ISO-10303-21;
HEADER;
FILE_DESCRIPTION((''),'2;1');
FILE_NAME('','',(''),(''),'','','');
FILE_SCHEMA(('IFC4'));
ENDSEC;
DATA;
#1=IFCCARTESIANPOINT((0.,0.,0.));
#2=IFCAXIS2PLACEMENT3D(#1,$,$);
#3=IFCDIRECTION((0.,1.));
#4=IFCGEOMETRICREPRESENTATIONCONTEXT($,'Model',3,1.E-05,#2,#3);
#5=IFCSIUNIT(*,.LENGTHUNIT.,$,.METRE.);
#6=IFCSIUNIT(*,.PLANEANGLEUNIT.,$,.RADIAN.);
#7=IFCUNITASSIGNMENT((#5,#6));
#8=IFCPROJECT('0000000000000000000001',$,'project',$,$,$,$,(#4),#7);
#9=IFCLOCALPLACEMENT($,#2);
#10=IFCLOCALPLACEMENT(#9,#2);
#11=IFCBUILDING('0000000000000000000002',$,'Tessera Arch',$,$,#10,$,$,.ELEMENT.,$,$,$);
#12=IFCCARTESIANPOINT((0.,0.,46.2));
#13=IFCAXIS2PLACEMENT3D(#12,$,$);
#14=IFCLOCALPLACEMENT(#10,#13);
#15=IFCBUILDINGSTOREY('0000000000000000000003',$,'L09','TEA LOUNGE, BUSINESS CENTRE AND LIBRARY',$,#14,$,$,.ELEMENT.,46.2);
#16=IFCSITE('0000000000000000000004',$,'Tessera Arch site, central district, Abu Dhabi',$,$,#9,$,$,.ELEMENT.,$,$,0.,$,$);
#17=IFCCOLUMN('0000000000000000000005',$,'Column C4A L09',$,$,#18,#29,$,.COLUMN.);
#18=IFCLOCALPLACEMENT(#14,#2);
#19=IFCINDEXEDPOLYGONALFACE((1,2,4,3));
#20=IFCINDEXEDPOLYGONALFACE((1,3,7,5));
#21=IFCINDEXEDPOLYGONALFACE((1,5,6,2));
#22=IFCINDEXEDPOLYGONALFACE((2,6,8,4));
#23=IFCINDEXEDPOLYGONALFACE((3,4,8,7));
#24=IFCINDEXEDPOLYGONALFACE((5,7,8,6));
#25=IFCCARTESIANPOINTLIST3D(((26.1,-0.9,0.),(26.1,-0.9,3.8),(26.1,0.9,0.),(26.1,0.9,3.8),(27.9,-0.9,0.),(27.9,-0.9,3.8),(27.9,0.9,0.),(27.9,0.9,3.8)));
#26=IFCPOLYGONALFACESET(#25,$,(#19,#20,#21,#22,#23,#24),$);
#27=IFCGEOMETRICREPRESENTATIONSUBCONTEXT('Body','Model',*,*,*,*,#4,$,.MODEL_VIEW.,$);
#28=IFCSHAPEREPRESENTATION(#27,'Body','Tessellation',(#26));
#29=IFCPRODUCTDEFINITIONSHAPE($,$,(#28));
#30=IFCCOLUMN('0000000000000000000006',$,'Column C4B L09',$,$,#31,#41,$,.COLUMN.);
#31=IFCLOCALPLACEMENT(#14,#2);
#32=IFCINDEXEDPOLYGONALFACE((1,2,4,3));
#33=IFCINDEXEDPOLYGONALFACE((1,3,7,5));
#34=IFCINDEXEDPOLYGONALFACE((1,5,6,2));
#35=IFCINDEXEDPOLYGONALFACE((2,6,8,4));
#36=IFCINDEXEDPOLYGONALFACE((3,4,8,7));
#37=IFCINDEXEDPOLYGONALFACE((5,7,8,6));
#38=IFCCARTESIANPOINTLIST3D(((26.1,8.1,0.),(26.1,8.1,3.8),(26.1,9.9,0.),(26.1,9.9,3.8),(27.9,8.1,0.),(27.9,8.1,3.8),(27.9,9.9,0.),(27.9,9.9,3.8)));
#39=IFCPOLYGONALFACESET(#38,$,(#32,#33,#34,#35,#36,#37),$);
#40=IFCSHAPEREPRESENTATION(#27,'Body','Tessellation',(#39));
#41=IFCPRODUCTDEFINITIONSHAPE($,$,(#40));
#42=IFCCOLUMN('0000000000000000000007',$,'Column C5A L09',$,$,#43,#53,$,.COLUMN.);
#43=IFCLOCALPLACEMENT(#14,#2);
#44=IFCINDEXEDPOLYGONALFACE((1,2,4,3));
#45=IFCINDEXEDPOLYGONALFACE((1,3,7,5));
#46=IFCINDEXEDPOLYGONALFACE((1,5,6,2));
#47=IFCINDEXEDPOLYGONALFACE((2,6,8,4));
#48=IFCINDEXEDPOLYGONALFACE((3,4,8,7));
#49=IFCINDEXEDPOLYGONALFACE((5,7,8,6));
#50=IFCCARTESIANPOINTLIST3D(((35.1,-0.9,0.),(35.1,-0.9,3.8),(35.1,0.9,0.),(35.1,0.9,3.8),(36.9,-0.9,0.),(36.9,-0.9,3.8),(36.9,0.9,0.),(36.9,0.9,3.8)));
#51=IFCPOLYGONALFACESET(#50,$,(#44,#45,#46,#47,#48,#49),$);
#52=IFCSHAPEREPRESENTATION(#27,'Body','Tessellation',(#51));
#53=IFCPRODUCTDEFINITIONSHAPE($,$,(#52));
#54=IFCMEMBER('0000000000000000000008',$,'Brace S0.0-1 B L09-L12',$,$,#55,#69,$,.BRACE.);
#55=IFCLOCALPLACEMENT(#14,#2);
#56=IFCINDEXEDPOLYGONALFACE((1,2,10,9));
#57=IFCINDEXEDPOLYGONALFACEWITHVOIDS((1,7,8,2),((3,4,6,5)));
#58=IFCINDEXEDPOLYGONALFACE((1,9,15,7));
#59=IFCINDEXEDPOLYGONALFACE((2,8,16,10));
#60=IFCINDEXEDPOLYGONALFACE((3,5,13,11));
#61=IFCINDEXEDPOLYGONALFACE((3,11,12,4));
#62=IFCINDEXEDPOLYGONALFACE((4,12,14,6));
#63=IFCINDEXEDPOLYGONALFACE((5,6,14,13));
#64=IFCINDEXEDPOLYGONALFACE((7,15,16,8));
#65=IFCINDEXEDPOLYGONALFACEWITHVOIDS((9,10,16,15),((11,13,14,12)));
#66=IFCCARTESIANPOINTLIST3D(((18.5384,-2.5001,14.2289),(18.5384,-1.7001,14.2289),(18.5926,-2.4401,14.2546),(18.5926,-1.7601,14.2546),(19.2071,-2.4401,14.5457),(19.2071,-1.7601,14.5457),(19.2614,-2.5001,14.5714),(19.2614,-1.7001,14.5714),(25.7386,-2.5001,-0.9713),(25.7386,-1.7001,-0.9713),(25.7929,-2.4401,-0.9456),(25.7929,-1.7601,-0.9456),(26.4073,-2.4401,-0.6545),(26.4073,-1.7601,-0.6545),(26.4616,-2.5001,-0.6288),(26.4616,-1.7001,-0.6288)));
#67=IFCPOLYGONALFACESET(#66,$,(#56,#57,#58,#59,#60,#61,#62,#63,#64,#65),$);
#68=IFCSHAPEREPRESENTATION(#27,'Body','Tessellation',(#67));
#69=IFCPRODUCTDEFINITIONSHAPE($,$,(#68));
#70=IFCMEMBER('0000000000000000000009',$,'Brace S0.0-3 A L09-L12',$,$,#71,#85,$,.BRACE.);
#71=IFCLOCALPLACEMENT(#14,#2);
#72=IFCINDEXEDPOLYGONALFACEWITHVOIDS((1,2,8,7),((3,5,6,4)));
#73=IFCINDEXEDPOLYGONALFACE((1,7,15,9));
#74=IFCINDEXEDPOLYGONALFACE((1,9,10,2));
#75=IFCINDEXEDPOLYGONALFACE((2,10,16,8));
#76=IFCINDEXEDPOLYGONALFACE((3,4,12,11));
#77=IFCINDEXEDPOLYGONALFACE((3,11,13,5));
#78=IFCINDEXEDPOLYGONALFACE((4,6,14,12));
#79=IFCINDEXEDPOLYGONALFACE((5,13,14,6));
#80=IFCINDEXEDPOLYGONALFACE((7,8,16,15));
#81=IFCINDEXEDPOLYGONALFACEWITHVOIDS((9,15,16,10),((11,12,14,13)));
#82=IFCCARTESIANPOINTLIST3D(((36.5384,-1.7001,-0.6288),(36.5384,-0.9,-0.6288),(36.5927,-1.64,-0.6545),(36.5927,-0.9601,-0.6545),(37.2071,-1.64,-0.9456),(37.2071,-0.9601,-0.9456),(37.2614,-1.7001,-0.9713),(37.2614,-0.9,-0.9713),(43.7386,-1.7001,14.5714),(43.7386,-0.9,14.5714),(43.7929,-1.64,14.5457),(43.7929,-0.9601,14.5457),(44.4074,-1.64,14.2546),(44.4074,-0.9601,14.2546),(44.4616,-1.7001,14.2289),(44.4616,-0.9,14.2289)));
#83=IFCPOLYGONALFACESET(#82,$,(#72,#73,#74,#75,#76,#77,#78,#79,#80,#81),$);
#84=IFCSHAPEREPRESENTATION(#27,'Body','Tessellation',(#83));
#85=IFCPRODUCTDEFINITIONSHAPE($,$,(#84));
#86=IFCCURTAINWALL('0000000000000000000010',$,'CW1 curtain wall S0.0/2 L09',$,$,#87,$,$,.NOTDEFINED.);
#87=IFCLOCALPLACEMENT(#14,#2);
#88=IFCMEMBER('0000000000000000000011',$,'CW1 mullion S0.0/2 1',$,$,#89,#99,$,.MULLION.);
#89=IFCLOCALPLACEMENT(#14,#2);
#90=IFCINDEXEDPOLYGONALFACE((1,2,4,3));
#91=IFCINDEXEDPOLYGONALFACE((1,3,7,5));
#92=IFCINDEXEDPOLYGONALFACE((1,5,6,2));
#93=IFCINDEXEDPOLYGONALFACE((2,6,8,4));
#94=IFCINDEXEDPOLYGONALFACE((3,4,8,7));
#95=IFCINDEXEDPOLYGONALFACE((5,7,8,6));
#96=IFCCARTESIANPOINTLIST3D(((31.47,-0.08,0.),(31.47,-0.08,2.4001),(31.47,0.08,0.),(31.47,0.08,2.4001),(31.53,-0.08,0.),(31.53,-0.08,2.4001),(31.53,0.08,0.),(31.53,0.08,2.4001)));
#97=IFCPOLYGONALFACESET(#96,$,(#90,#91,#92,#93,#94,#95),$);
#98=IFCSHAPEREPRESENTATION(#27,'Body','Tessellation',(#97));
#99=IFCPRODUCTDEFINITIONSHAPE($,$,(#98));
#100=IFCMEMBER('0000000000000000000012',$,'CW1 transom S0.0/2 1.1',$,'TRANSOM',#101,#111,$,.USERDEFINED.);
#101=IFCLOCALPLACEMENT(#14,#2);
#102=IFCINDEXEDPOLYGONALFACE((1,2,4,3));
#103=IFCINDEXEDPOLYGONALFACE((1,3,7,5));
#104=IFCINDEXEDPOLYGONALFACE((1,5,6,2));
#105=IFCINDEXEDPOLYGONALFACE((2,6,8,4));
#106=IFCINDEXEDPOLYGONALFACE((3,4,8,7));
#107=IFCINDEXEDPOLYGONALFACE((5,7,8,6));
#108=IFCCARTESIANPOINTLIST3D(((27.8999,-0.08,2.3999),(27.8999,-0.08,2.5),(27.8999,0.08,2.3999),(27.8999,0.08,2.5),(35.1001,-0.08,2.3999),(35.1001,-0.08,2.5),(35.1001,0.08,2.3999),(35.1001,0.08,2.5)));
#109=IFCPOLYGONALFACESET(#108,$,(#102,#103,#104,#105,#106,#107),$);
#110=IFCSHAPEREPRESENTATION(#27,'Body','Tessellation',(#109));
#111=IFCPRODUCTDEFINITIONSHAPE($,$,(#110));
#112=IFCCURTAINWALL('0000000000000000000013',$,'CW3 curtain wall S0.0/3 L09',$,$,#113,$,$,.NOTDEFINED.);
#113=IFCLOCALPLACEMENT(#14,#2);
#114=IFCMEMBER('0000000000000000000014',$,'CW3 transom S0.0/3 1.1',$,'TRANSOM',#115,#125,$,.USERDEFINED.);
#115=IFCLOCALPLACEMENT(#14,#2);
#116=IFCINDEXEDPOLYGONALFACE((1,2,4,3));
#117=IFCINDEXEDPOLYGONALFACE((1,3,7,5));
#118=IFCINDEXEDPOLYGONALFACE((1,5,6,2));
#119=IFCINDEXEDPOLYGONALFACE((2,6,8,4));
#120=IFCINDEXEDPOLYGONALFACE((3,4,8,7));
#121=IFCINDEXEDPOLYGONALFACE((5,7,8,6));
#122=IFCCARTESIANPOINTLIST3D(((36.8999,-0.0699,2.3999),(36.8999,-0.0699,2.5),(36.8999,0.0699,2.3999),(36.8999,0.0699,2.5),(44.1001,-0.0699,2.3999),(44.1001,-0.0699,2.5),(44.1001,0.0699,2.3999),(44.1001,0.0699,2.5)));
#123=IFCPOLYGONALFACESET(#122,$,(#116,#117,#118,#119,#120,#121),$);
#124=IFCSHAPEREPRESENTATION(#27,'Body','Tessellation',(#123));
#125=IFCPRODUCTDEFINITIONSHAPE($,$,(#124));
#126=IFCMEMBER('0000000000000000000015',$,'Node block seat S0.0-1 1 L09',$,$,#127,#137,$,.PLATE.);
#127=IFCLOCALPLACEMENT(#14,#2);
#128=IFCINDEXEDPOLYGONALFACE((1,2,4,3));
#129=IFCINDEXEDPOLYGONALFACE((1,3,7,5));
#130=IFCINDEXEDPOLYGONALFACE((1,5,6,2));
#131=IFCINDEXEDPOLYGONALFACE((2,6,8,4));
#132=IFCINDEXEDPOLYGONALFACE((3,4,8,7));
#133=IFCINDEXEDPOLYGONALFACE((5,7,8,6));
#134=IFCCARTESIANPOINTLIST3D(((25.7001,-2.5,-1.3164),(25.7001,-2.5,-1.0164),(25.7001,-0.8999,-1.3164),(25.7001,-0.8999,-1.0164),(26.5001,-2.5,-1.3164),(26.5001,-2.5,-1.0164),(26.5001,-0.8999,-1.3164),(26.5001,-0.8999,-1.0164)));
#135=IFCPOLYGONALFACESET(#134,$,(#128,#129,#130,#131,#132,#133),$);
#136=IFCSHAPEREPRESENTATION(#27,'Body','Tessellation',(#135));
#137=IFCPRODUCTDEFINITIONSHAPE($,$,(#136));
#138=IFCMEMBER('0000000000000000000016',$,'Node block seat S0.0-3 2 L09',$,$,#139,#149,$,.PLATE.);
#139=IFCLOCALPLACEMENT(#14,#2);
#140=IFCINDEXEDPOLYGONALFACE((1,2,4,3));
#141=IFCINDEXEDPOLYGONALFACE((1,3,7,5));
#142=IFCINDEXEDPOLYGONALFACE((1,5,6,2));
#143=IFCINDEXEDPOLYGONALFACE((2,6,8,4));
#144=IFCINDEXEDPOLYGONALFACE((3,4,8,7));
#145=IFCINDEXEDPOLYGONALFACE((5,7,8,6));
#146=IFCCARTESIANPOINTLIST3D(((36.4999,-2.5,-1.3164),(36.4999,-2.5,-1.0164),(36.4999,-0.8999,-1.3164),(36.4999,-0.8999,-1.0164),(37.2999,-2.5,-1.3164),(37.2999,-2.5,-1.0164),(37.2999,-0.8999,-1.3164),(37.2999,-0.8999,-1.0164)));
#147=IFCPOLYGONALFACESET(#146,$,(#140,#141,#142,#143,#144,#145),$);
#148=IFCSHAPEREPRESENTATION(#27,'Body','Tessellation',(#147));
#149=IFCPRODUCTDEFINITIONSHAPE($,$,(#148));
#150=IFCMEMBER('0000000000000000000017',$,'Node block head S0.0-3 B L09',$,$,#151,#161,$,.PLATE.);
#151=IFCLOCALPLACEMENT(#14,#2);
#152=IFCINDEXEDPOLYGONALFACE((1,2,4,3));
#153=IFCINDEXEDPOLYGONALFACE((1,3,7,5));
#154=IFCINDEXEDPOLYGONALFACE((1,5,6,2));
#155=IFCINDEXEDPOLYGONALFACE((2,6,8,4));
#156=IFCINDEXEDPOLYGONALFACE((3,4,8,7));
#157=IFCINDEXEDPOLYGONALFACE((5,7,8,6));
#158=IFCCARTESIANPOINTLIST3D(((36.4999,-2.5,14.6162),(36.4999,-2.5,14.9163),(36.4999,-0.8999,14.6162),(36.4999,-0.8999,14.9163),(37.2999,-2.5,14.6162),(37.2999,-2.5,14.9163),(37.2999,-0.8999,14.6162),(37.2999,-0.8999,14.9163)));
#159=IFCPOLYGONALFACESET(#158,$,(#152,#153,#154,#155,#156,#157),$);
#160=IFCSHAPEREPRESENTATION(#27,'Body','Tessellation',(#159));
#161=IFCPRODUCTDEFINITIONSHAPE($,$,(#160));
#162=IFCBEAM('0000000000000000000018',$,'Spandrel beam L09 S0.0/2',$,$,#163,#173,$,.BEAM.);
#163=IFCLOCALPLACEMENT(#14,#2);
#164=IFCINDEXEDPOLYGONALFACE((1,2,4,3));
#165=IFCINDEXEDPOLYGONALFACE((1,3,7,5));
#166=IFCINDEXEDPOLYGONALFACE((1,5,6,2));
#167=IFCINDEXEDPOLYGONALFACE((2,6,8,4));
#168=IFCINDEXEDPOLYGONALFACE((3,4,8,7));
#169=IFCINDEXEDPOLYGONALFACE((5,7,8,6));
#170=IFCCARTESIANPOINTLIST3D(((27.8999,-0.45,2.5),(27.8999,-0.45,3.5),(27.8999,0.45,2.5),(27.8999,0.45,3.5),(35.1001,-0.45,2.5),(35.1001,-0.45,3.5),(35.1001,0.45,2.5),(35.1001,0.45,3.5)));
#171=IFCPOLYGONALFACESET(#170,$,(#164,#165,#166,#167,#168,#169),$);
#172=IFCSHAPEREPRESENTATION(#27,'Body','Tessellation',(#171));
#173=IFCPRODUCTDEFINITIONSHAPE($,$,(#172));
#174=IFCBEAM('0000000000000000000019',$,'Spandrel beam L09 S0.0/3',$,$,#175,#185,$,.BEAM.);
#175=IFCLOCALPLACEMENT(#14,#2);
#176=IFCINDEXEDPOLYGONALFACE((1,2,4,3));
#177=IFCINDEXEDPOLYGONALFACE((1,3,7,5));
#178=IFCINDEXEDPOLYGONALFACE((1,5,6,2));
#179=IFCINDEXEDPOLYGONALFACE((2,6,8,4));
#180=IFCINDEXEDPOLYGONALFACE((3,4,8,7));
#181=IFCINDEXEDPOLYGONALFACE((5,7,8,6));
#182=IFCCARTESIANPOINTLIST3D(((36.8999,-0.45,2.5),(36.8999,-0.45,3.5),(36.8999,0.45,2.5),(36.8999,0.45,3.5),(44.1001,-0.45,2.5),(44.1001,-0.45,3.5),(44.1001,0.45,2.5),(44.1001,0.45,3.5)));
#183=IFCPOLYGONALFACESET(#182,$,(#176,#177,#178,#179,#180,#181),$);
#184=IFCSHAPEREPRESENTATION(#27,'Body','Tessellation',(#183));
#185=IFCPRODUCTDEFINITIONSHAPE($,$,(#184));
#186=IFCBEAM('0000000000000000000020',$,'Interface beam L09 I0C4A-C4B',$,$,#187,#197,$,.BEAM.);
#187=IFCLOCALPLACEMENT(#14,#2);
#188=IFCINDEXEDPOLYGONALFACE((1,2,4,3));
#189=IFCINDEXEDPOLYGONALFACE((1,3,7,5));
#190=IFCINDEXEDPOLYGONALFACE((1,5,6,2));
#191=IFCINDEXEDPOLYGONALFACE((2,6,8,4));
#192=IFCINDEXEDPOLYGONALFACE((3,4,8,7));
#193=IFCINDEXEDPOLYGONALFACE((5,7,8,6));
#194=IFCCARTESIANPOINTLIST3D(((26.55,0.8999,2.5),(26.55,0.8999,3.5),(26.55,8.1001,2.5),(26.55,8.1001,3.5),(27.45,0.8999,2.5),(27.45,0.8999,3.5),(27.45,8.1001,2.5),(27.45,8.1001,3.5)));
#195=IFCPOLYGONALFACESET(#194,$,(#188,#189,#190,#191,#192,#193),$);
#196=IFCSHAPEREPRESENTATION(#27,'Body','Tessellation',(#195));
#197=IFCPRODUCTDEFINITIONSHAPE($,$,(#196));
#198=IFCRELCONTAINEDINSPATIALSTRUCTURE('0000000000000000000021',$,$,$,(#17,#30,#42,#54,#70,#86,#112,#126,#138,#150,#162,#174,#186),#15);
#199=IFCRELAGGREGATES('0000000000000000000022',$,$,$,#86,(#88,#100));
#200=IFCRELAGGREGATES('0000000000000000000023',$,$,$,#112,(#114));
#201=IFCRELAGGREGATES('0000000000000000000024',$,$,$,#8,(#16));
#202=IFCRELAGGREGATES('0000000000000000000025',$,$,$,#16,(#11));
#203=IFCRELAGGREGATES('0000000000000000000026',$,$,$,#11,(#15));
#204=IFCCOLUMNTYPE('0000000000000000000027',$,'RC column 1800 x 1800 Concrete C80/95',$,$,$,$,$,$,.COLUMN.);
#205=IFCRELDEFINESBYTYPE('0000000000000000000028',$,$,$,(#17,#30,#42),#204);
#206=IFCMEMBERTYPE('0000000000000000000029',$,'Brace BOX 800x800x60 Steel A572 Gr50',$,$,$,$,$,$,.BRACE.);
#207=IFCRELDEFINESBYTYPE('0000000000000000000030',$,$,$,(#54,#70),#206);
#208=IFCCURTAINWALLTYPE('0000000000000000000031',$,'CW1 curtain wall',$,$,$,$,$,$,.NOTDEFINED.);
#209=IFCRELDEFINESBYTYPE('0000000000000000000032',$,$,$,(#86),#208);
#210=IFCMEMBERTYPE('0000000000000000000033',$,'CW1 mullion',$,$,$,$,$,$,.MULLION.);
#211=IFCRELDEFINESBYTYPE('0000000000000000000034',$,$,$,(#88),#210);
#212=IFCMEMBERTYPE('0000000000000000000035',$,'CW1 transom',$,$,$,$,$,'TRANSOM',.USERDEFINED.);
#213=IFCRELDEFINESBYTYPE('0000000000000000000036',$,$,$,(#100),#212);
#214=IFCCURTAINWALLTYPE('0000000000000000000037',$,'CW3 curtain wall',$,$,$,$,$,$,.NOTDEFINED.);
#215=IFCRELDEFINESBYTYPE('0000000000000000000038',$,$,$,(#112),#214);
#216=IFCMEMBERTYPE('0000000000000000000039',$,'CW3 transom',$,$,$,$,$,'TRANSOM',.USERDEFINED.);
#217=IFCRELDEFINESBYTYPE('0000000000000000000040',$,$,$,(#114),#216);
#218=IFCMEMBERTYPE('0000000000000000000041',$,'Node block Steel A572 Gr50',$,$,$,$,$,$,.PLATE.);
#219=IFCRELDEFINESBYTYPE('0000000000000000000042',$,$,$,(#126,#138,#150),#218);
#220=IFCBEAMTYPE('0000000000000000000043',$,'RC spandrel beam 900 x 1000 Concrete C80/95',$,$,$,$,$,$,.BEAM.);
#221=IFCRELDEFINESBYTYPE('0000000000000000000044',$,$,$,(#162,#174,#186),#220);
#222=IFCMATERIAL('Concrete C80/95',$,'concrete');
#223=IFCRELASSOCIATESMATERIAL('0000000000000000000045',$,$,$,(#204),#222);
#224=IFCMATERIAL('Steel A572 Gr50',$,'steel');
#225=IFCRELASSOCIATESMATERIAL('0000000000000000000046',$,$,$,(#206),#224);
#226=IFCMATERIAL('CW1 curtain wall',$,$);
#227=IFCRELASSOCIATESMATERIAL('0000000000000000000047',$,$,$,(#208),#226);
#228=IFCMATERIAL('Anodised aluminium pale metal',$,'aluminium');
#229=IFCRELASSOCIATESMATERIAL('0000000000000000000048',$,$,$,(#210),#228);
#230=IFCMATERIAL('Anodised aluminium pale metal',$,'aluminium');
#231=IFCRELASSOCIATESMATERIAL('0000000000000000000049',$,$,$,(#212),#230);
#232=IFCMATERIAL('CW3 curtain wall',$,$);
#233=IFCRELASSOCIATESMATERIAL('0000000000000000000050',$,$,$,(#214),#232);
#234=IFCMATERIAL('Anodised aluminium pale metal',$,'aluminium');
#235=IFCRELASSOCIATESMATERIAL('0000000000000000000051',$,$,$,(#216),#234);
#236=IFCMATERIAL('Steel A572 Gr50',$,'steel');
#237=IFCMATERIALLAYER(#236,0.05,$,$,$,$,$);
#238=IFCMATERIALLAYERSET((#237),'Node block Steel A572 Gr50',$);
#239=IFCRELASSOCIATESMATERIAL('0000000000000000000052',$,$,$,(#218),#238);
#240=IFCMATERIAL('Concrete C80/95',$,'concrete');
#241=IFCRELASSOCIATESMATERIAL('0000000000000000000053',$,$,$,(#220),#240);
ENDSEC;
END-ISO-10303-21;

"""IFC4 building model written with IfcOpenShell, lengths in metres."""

from ifc_helpers import new_model, si_unit, direction, frame, origin, origin_2d, place, context, subcontext, project, spatial, rectangle, hollow_rectangle, extrude, material, layer, layer_set, material_profile, profile_set, type_object, element, aggregate, save


model = new_model("IFC4")

# Units and contexts
model_context = context("Model", 3, precision=1e-05, world=origin(), true_north=direction((0.0, 1.0)))
body_context = subcontext(model_context, "Body", "Model", "MODEL_VIEW")
ifc_project = project(units=[si_unit("LENGTHUNIT", "METRE"), si_unit("PLANEANGLEUNIT", "RADIAN")], contexts=[model_context])

# Site, building, storey
site_placement = place(None, origin())
site = spatial("IfcSite", under=ifc_project, at=site_placement, Name="Tessera Arch site, central district, Abu Dhabi", CompositionType="ELEMENT", RefElevation=0.0)
building_placement = place(site_placement, origin())
building = spatial("IfcBuilding", under=site, at=building_placement, Name="Tessera Arch", CompositionType="ELEMENT")
storey_placement = place(building_placement, frame((0.0, 0.0, 46.2)))
storey = spatial("IfcBuildingStorey", under=building, at=storey_placement, Name="L09", Description="TEA LOUNGE, BUSINESS CENTRE AND LIBRARY", CompositionType="ELEMENT", Elevation=46.2)

# Columns
ifc_material_1 = material(Name="Concrete C80/95", Category="concrete")
ifc_material_profile_1 = material_profile(ifc_material_1, rectangle(XDim=1.8, YDim=1.8, at=origin_2d()), Name="RC column 1800 x 1800 Concrete C80/95")
ifc_profile_set_1 = profile_set([ifc_material_profile_1], Name="Concrete C80/95")
column_type = type_object("IfcColumnType", Name="RC column 1800 x 1800 Concrete C80/95", PredefinedType="COLUMN", material=ifc_profile_set_1)
for number, where, z_axis, x_axis, name in (
    (1, (27.0, 0.0, 0.0), (0.0, 0.0, 1.0), (1.0, 0.0, 0.0), "Column C4A L09"),
    (2, (27.0, 9.0, 0.0), (0.0, 0.0, 1.0), (1.0, 0.0, 0.0), "Column C4B L09"),
    (3, (36.0, 0.0, 0.0), (0.0, 0.0, 1.0), (1.0, 0.0, 0.0), "Column C5A L09"),
):
    element("IfcColumn", number, at=place(storey_placement, frame(where, z_axis=z_axis, x_axis=x_axis)), inside=storey, type_object=column_type, Name=name, PredefinedType="COLUMN", context=body_context, shape_type="SweptSolid", body=[
        extrude(rectangle(XDim=1.8, YDim=1.8, at=origin_2d()), origin(), (0.0, 0.0, 1.0), 3.8),
    ])

# Members
ifc_material_2 = material(Name="Steel A572 Gr50", Category="steel")
ifc_material_profile_2 = material_profile(ifc_material_2, hollow_rectangle(XDim=0.8, YDim=0.8, WallThickness=0.0601, at=origin_2d()), Name="BOX 800x800x60")
ifc_profile_set_2 = profile_set([ifc_material_profile_2], Name="Steel A572 Gr50")
member_type_1 = type_object("IfcMemberType", Name="Brace BOX 800x800x60 Steel A572 Gr50", PredefinedType="BRACE", material=ifc_profile_set_2)
for number, where, z_axis, x_axis, name in (
    (4, (26.1001, -2.1001, -0.8), (-0.428091, 0.0, 0.903735), (0.0, -1.0, 0.0), "Brace S0.0-1 B L09-L12"),
    (5, (36.8999, -1.3, -0.8), (0.428091, 0.0, 0.903735), (0.0, 1.0, 0.0), "Brace S0.0-3 A L09-L12"),
):
    element("IfcMember", number, at=place(storey_placement, frame(where, z_axis=z_axis, x_axis=x_axis)), inside=storey, type_object=member_type_1, Name=name, PredefinedType="BRACE", context=body_context, shape_type="SweptSolid", body=[
        extrude(hollow_rectangle(XDim=0.8, YDim=0.8, WallThickness=0.0601, at=origin_2d()), origin(), (0.0, 0.0, 1.0), 16.8193),
    ])

# Curtain wall, members
ifc_material_3 = material(Name="CW1 curtain wall")
curtain_wall_type_1 = type_object("IfcCurtainWallType", Name="CW1 curtain wall", PredefinedType="NOTDEFINED", material=ifc_material_3)
curtain_wall_1_placement = place(storey_placement, origin())
curtain_wall_1 = element("IfcCurtainWall", 6, at=curtain_wall_1_placement, inside=storey, type_object=curtain_wall_type_1, Name="CW1 curtain wall S0.0/2 L09", PredefinedType="NOTDEFINED")
ifc_material_4 = material(Name="Anodised aluminium pale metal", Category="aluminium")
ifc_material_profile_3 = material_profile(ifc_material_4, rectangle(XDim=0.1599, YDim=0.0601, at=origin_2d()), Name="AL 60x160")
ifc_profile_set_3 = profile_set([ifc_material_profile_3], Name="Anodised aluminium pale metal")
member_type_2 = type_object("IfcMemberType", Name="CW1 mullion", PredefinedType="MULLION", material=ifc_profile_set_3)
member_1_placement = place(storey_placement, frame((31.5, 0.0, 0.0), z_axis=(0.0, 0.0, 1.0), x_axis=(0.0, 1.0, 0.0)))
member_1 = element("IfcMember", 7, at=member_1_placement, type_object=member_type_2, Name="CW1 mullion S0.0/2 1", PredefinedType="MULLION", context=body_context, shape_type="SweptSolid", body=[
    extrude(rectangle(XDim=0.1599, YDim=0.0601, at=origin_2d()), origin(), (0.0, 0.0, 1.0), 2.4001),
])
ifc_material_5 = material(Name="Anodised aluminium pale metal", Category="aluminium")
ifc_material_profile_4 = material_profile(ifc_material_5, rectangle(XDim=0.1599, YDim=0.1001, at=origin_2d()), Name="AL 160x100")
ifc_profile_set_4 = profile_set([ifc_material_profile_4], Name="Anodised aluminium pale metal")
member_type_3 = type_object("IfcMemberType", Name="CW1 transom", ElementType="TRANSOM", PredefinedType="USERDEFINED", material=ifc_profile_set_4)
member_2_placement = place(storey_placement, frame((27.8999, 0.0, 2.45), z_axis=(1.0, 0.0, 0.0), x_axis=(0.0, 1.0, 0.0)))
member_2 = element("IfcMember", 8, at=member_2_placement, type_object=member_type_3, Name="CW1 transom S0.0/2 1.1", ObjectType="TRANSOM", PredefinedType="USERDEFINED", context=body_context, shape_type="SweptSolid", body=[
    extrude(rectangle(XDim=0.1599, YDim=0.1001, at=origin_2d()), origin(), (0.0, 0.0, 1.0), 7.2002),
])

# Curtain wall, member
ifc_material_6 = material(Name="CW3 curtain wall")
curtain_wall_type_2 = type_object("IfcCurtainWallType", Name="CW3 curtain wall", PredefinedType="NOTDEFINED", material=ifc_material_6)
curtain_wall_2_placement = place(storey_placement, origin())
curtain_wall_2 = element("IfcCurtainWall", 9, at=curtain_wall_2_placement, inside=storey, type_object=curtain_wall_type_2, Name="CW3 curtain wall S0.0/3 L09", PredefinedType="NOTDEFINED")
ifc_material_7 = material(Name="Anodised aluminium pale metal", Category="aluminium")
ifc_material_profile_5 = material_profile(ifc_material_7, rectangle(XDim=0.1399, YDim=0.1001, at=origin_2d()), Name="AL 140x100")
ifc_profile_set_5 = profile_set([ifc_material_profile_5], Name="Anodised aluminium pale metal")
member_type_4 = type_object("IfcMemberType", Name="CW3 transom", ElementType="TRANSOM", PredefinedType="USERDEFINED", material=ifc_profile_set_5)
member_3_placement = place(storey_placement, frame((36.8999, 0.0, 2.45), z_axis=(1.0, 0.0, 0.0), x_axis=(0.0, 1.0, 0.0)))
member_3 = element("IfcMember", 10, at=member_3_placement, type_object=member_type_4, Name="CW3 transom S0.0/3 1.1", ObjectType="TRANSOM", PredefinedType="USERDEFINED", context=body_context, shape_type="SweptSolid", body=[
    extrude(rectangle(XDim=0.1399, YDim=0.1001, at=origin_2d()), origin(), (0.0, 0.0, 1.0), 7.2002),
])

# Members
ifc_material_8 = material(Name="Steel A572 Gr50", Category="steel")
ifc_layer_1 = layer(ifc_material_8, 0.05)
ifc_layer_set_1 = layer_set([ifc_layer_1], Name="Node block Steel A572 Gr50")
member_type_5 = type_object("IfcMemberType", Name="Node block Steel A572 Gr50", PredefinedType="PLATE", material=ifc_layer_set_1)
for number, where, z_axis, x_axis, name in (
    (11, (26.1001, -1.7, -1.3164), (0.0, 0.0, 1.0), (1.0, 0.0, 0.0), "Node block seat S0.0-1 1 L09"),
    (12, (36.8999, -1.7, -1.3164), (0.0, 0.0, 1.0), (1.0, 0.0, 0.0), "Node block seat S0.0-3 2 L09"),
    (13, (36.8999, -1.7, 14.6162), (0.0, 0.0, 1.0), (1.0, 0.0, 0.0), "Node block head S0.0-3 B L09"),
):
    element("IfcMember", number, at=place(storey_placement, frame(where, z_axis=z_axis, x_axis=x_axis)), inside=storey, type_object=member_type_5, Name=name, PredefinedType="PLATE", context=body_context, shape_type="SweptSolid", body=[
        extrude(rectangle(XDim=0.8, YDim=1.6001, at=origin_2d()), origin(), (0.0, 0.0, 1.0), 0.3),
    ])

# Beams
ifc_material_9 = material(Name="Concrete C80/95", Category="concrete")
ifc_material_profile_6 = material_profile(ifc_material_9, rectangle(XDim=0.8999, YDim=1.0, at=origin_2d()), Name="RC spandrel beam 900 x 1000 Concrete C80/95")
ifc_profile_set_6 = profile_set([ifc_material_profile_6], Name="Concrete C80/95")
beam_type = type_object("IfcBeamType", Name="RC spandrel beam 900 x 1000 Concrete C80/95", PredefinedType="BEAM", material=ifc_profile_set_6)
for number, where, z_axis, x_axis, name in (
    (14, (27.8999, 0.0, 3.0), (1.0, 0.0, 0.0), (0.0, 1.0, 0.0), "Spandrel beam L09 S0.0/2"),
    (15, (36.8999, 0.0, 3.0), (1.0, 0.0, 0.0), (0.0, 1.0, 0.0), "Spandrel beam L09 S0.0/3"),
    (16, (27.0, 0.8999, 3.0), (0.0, 1.0, 0.0), (-1.0, 0.0, 0.0), "Interface beam L09 I0C4A-C4B"),
):
    element("IfcBeam", number, at=place(storey_placement, frame(where, z_axis=z_axis, x_axis=x_axis)), inside=storey, type_object=beam_type, Name=name, PredefinedType="BEAM", context=body_context, shape_type="SweptSolid", body=[
        extrude(rectangle(XDim=0.8999, YDim=1.0, at=origin_2d()), origin(), (0.0, 0.0, 1.0), 7.2002),
    ])

aggregate(curtain_wall_1, [member_1, member_2])

aggregate(curtain_wall_2, [member_3])

save(model, "model.ifc")
